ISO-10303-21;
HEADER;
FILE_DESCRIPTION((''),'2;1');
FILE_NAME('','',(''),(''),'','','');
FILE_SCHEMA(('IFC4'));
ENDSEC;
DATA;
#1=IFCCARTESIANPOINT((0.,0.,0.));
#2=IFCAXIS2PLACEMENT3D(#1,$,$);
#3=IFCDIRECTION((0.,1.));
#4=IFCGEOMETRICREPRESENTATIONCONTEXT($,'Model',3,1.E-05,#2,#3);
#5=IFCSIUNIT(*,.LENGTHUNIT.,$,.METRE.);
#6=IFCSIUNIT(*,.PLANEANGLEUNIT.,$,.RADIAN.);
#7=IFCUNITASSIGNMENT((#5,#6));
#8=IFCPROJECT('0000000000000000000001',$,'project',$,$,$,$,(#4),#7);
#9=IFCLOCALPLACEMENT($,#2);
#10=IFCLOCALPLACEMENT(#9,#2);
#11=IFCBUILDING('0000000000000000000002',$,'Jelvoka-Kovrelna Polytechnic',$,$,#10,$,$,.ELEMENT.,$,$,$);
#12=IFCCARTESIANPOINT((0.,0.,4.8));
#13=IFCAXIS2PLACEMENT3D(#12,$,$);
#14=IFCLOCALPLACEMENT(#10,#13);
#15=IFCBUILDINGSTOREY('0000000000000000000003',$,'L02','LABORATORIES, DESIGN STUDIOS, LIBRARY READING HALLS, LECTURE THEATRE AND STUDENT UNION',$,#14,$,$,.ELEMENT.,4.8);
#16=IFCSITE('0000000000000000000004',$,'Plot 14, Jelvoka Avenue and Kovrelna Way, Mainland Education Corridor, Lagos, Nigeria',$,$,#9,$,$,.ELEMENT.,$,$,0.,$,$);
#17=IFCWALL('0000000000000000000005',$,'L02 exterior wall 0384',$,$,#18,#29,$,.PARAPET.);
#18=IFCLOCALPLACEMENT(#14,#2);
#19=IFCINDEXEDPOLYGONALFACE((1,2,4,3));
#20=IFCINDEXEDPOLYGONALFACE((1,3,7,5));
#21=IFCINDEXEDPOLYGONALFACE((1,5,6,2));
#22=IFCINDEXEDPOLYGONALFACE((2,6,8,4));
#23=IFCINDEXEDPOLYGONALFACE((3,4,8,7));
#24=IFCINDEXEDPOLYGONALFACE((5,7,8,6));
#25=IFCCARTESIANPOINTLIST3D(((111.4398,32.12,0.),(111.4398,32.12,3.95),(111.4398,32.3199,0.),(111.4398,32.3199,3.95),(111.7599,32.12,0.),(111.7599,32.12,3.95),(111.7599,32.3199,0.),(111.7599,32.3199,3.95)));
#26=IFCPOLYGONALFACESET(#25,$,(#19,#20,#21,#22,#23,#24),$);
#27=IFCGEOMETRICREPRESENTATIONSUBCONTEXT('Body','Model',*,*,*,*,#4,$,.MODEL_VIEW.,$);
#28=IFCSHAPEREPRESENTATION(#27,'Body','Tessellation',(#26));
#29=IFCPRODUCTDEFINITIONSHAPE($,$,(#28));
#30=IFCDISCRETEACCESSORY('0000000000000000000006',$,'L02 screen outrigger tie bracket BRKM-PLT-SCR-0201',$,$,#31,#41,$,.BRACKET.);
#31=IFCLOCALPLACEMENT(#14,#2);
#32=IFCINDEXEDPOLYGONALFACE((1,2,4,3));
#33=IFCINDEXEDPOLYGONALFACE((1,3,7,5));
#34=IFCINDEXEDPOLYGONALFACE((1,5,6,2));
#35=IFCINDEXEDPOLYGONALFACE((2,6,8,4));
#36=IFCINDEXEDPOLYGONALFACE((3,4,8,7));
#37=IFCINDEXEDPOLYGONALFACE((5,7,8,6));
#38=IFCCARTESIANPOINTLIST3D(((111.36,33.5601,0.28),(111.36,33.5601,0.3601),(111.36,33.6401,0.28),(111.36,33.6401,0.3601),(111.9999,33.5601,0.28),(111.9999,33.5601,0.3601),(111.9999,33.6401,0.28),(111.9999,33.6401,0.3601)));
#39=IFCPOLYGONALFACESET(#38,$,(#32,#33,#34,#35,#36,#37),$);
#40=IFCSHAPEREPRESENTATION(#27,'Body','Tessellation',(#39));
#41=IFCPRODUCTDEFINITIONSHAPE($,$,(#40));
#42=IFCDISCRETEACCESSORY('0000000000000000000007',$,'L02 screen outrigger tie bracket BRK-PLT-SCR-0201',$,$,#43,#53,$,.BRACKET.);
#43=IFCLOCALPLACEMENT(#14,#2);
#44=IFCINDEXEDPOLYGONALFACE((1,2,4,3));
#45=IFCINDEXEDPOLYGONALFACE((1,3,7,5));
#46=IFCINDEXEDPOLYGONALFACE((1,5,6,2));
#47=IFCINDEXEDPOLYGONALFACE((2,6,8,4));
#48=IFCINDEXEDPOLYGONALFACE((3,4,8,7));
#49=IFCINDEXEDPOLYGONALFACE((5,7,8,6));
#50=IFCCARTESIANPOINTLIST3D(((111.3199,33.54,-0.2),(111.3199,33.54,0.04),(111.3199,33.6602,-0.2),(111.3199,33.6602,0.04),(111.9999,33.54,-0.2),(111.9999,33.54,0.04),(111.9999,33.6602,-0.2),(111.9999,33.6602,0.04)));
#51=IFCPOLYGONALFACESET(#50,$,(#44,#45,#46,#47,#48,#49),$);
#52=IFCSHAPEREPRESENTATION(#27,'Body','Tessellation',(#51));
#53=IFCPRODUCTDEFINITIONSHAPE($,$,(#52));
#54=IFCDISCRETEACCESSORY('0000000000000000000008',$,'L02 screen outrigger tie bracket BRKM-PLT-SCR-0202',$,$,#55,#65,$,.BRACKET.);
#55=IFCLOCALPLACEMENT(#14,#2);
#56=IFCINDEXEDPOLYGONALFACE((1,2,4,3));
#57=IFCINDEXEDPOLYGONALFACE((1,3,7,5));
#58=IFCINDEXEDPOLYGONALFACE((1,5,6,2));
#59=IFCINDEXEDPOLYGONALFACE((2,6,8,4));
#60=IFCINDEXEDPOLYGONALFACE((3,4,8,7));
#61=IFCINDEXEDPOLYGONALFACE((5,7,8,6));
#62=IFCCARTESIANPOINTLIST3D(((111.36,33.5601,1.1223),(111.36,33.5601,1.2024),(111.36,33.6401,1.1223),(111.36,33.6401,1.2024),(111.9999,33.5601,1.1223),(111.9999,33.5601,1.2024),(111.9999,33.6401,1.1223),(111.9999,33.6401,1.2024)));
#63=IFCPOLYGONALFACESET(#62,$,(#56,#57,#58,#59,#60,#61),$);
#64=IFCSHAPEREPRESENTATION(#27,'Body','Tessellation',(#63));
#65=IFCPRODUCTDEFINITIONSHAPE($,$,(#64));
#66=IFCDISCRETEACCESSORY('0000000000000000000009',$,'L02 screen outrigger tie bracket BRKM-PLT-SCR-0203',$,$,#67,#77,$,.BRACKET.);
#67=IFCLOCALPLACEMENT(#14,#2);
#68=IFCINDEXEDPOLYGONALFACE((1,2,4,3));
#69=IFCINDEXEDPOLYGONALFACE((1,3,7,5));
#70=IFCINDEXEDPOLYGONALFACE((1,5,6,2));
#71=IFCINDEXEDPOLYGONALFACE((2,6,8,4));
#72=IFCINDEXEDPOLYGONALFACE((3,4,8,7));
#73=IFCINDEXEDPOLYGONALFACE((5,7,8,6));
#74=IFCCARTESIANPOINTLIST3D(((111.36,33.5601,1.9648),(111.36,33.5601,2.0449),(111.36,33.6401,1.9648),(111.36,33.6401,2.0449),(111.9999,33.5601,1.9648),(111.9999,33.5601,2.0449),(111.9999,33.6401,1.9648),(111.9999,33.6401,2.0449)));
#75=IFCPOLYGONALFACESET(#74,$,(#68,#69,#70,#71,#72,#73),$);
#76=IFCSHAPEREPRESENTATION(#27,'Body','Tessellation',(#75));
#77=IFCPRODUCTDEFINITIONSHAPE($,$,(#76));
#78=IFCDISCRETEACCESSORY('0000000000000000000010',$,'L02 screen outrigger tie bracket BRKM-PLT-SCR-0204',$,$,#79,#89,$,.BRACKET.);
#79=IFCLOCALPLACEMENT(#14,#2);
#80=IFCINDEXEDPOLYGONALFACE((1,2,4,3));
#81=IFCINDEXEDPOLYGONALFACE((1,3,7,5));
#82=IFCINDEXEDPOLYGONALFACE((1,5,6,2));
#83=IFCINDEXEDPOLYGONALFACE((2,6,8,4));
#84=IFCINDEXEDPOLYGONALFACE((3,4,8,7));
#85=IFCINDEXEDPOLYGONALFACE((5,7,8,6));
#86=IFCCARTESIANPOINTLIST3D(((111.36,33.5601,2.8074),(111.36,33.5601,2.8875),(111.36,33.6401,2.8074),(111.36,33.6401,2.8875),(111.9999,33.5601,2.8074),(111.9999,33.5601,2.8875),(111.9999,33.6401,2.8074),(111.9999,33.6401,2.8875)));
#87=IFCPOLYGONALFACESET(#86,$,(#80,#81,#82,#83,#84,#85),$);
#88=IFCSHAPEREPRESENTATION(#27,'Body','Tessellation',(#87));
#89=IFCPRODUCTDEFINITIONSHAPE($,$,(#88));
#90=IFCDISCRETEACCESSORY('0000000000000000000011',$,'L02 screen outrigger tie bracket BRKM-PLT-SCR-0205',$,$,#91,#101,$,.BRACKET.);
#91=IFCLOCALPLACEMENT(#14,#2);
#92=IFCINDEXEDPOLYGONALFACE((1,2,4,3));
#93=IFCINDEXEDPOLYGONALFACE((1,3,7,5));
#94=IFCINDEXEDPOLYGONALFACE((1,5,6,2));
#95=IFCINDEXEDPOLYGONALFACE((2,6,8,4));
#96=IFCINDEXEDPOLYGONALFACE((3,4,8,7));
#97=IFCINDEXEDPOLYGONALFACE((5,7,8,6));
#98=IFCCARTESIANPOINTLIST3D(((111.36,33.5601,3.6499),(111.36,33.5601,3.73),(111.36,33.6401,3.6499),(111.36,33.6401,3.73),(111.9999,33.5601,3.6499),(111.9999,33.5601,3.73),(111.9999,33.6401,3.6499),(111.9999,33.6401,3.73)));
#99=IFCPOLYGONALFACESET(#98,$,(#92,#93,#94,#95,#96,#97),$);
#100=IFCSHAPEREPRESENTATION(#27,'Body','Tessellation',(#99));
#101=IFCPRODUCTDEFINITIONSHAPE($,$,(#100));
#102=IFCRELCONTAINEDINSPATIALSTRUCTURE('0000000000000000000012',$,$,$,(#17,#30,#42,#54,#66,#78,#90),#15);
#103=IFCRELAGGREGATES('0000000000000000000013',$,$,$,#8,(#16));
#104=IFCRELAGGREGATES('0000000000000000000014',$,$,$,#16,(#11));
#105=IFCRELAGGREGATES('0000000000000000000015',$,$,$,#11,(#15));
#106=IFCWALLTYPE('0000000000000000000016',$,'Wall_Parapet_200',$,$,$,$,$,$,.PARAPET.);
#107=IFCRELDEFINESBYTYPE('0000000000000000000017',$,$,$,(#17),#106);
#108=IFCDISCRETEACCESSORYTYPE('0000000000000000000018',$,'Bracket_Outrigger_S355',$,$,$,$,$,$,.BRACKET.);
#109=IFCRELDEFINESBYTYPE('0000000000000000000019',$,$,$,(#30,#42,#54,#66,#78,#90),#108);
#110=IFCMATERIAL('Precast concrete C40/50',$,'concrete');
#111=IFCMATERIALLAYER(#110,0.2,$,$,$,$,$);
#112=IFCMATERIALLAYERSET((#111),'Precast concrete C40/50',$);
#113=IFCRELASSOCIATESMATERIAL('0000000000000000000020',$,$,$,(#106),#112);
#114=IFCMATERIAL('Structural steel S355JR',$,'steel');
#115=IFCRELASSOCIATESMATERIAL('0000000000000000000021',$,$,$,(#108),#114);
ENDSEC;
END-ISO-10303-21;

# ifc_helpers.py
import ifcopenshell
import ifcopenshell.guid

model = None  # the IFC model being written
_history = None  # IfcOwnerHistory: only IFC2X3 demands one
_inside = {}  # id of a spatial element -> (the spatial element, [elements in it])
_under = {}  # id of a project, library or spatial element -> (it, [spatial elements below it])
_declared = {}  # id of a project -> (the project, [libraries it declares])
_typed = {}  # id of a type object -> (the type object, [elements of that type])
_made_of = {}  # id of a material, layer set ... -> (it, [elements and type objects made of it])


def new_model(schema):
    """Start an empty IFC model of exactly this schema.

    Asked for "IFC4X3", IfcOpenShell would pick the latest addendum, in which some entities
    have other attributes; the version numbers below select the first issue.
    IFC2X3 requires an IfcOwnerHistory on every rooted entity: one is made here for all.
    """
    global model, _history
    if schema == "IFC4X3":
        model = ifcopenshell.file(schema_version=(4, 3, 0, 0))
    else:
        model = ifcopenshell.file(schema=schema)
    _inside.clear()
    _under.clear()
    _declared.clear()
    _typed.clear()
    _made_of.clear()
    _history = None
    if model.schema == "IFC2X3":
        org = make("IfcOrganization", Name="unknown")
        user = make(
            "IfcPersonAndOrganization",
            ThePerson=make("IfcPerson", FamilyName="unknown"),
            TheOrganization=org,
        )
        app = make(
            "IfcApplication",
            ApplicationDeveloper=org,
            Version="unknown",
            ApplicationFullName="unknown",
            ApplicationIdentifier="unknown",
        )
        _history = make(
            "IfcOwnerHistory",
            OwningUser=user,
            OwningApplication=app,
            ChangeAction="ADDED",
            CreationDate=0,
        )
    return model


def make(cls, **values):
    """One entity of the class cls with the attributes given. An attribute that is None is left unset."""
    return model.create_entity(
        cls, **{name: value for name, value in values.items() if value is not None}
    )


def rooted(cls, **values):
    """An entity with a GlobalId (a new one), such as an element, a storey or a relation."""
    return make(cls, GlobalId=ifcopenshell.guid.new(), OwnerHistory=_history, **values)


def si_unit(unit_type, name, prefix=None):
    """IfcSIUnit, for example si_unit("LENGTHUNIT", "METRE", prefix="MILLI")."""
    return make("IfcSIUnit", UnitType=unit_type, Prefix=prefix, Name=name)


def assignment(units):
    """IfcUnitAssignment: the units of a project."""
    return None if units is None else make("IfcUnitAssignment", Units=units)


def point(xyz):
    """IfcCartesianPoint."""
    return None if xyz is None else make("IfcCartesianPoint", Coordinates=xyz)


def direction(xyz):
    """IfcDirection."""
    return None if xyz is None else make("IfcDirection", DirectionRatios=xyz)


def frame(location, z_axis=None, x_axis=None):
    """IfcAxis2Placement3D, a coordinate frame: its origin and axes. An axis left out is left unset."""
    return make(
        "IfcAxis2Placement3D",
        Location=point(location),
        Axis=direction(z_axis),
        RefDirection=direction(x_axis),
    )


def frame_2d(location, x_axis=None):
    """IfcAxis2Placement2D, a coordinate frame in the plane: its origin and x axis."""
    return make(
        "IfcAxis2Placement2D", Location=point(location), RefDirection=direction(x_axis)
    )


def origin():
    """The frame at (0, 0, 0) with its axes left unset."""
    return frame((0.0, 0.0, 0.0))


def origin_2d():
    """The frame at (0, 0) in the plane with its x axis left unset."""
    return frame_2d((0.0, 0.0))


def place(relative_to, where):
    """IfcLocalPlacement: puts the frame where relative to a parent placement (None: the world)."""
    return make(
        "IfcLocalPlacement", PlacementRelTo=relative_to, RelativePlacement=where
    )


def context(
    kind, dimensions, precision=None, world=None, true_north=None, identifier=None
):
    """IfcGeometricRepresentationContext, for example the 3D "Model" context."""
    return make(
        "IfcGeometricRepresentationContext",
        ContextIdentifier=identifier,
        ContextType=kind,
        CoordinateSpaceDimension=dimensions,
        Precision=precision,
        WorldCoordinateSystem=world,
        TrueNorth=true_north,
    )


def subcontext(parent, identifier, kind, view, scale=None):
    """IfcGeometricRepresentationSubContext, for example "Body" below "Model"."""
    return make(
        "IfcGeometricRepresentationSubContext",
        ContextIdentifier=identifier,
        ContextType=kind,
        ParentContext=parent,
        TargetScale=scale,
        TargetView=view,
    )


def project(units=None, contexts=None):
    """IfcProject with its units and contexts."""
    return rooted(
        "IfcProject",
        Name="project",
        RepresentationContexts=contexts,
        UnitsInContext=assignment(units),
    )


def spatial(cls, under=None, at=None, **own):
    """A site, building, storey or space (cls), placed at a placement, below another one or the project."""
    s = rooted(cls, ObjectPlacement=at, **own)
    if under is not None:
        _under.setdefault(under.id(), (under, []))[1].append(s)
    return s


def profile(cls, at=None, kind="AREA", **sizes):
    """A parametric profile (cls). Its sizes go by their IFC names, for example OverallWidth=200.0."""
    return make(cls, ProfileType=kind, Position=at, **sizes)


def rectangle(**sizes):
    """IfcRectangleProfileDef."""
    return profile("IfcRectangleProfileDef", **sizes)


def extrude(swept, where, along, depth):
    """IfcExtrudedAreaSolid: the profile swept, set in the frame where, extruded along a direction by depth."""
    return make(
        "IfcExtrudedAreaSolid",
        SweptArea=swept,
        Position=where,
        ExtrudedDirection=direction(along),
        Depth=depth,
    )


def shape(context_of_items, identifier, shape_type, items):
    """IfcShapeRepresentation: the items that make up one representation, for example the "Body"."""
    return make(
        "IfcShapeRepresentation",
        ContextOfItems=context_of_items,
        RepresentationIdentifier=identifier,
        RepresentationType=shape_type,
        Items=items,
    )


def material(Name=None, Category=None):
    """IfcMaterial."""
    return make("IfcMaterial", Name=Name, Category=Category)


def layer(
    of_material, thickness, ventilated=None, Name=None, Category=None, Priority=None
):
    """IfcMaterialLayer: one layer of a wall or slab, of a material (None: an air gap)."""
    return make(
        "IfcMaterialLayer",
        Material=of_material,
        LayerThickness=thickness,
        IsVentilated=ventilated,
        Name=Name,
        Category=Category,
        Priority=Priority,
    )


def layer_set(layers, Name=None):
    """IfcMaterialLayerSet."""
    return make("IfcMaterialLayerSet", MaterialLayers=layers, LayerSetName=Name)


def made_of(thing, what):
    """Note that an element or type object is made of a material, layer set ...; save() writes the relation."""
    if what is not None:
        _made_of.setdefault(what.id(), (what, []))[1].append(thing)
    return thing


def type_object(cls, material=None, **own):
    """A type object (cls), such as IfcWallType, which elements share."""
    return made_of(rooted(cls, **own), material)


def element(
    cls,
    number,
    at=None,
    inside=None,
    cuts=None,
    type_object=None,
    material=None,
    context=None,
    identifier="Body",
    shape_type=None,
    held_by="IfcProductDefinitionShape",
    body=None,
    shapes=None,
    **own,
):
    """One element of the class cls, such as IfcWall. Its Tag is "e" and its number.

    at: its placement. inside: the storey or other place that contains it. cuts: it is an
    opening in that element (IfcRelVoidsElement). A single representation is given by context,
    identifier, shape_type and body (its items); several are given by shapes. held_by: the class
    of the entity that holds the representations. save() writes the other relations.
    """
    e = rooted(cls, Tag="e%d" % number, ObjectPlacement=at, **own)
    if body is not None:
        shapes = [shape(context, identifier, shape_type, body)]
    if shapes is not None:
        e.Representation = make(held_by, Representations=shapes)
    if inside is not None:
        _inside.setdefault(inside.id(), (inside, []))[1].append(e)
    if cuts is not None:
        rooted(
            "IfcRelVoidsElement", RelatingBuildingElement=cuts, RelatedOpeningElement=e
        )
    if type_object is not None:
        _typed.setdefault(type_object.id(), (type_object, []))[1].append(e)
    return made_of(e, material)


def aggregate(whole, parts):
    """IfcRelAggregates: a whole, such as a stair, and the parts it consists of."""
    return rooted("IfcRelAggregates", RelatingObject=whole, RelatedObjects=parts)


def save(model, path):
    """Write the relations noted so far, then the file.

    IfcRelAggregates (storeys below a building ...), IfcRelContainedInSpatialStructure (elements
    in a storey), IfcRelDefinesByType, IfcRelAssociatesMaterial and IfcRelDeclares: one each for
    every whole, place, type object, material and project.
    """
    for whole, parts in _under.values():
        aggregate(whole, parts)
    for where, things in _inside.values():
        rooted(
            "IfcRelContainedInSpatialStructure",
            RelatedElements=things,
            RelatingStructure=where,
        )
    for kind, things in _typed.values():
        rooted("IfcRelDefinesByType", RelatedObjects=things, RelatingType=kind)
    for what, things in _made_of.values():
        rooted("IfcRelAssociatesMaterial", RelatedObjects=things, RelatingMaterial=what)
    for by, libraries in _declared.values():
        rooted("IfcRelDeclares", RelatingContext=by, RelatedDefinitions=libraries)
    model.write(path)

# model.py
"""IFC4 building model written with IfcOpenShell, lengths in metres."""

from ifc_helpers import new_model, si_unit, direction, frame, frame_2d, origin, origin_2d, place, context, subcontext, project, spatial, rectangle, extrude, material, layer, layer_set, type_object, element, save


model = new_model("IFC4")

# Units and contexts
model_context = context("Model", 3, precision=1e-05, world=origin(), true_north=direction((0.0, 1.0)))
body_context = subcontext(model_context, "Body", "Model", "MODEL_VIEW")
ifc_project = project(units=[si_unit("LENGTHUNIT", "METRE"), si_unit("PLANEANGLEUNIT", "RADIAN")], contexts=[model_context])

# Site, building, storey
site_placement = place(None, origin())
site = spatial("IfcSite", under=ifc_project, at=site_placement, Name="Plot 14, Jelvoka Avenue and Kovrelna Way, Mainland Education Corridor, Lagos, Nigeria", CompositionType="ELEMENT", RefElevation=0.0)
building_placement = place(site_placement, origin())
building = spatial("IfcBuilding", under=site, at=building_placement, Name="Jelvoka-Kovrelna Polytechnic", CompositionType="ELEMENT")
storey_placement = place(building_placement, frame((0.0, 0.0, 4.8)))
storey = spatial("IfcBuildingStorey", under=building, at=storey_placement, Name="L02", Description="LABORATORIES, DESIGN STUDIOS, LIBRARY READING HALLS, LECTURE THEATRE AND STUDENT UNION", CompositionType="ELEMENT", Elevation=4.8)

# Wall
ifc_material_1 = material(Name="Precast concrete C40/50", Category="concrete")
ifc_layer_1 = layer(ifc_material_1, 0.2)
ifc_layer_set_1 = layer_set([ifc_layer_1], Name="Precast concrete C40/50")
wall_type_1 = type_object("IfcWallType", Name="Wall_Parapet_200", PredefinedType="PARAPET", material=ifc_layer_set_1)
wall_1_placement = place(storey_placement, frame((111.76, 32.22, 0.0), z_axis=(0.0, 0.0, 1.0), x_axis=(-1.0, 0.0, 0.0)))
element("IfcWall", 1, at=wall_1_placement, inside=storey, type_object=wall_type_1, Name="L02 exterior wall 0384", PredefinedType="PARAPET", context=body_context, shape_type="SweptSolid", body=[
    extrude(rectangle(XDim=0.3201, YDim=0.2, at=frame_2d((0.1602, 0.0))), origin(), (0.0, 0.0, 1.0), 3.95),
])

# Discrete accessories
ifc_material_2 = material(Name="Structural steel S355JR", Category="steel")
discrete_accessory_type = type_object("IfcDiscreteAccessoryType", Name="Bracket_Outrigger_S355", PredefinedType="BRACKET", material=ifc_material_2)
discrete_accessory_1_placement = place(storey_placement, frame((111.6799, 33.6001, 0.28), z_axis=(0.0, 0.0, 1.0), x_axis=(1.0, 0.0, 0.0)))
element("IfcDiscreteAccessory", 2, at=discrete_accessory_1_placement, inside=storey, type_object=discrete_accessory_type, Name="L02 screen outrigger tie bracket BRKM-PLT-SCR-0201", PredefinedType="BRACKET", context=body_context, shape_type="SweptSolid", body=[
    extrude(rectangle(XDim=0.6399, YDim=0.0801, at=origin_2d()), origin(), (0.0, 0.0, 1.0), 0.0801),
])
discrete_accessory_2_placement = place(storey_placement, frame((111.6599, 33.6001, -0.2), z_axis=(0.0, 0.0, 1.0), x_axis=(1.0, 0.0, 0.0)))
element("IfcDiscreteAccessory", 3, at=discrete_accessory_2_placement, inside=storey, type_object=discrete_accessory_type, Name="L02 screen outrigger tie bracket BRK-PLT-SCR-0201", PredefinedType="BRACKET", context=body_context, shape_type="SweptSolid", body=[
    extrude(rectangle(XDim=0.6799, YDim=0.1201, at=origin_2d()), origin(), (0.0, 0.0, 1.0), 0.24),
])
for number, where, z_axis, x_axis, name in (
    (4, (111.6799, 33.6001, 1.1223), (0.0, 0.0, 1.0), (1.0, 0.0, 0.0), "L02 screen outrigger tie bracket BRKM-PLT-SCR-0202"),
    (5, (111.6799, 33.6001, 1.9648), (0.0, 0.0, 1.0), (1.0, 0.0, 0.0), "L02 screen outrigger tie bracket BRKM-PLT-SCR-0203"),
    (6, (111.6799, 33.6001, 2.8074), (0.0, 0.0, 1.0), (1.0, 0.0, 0.0), "L02 screen outrigger tie bracket BRKM-PLT-SCR-0204"),
    (7, (111.6799, 33.6001, 3.6499), (0.0, 0.0, 1.0), (1.0, 0.0, 0.0), "L02 screen outrigger tie bracket BRKM-PLT-SCR-0205"),
):
    element("IfcDiscreteAccessory", number, at=place(storey_placement, frame(where, z_axis=z_axis, x_axis=x_axis)), inside=storey, type_object=discrete_accessory_type, Name=name, PredefinedType="BRACKET", context=body_context, shape_type="SweptSolid", body=[
        extrude(rectangle(XDim=0.6399, YDim=0.0801, at=origin_2d()), origin(), (0.0, 0.0, 1.0), 0.0801),
    ])

save(model, "model.ifc")
